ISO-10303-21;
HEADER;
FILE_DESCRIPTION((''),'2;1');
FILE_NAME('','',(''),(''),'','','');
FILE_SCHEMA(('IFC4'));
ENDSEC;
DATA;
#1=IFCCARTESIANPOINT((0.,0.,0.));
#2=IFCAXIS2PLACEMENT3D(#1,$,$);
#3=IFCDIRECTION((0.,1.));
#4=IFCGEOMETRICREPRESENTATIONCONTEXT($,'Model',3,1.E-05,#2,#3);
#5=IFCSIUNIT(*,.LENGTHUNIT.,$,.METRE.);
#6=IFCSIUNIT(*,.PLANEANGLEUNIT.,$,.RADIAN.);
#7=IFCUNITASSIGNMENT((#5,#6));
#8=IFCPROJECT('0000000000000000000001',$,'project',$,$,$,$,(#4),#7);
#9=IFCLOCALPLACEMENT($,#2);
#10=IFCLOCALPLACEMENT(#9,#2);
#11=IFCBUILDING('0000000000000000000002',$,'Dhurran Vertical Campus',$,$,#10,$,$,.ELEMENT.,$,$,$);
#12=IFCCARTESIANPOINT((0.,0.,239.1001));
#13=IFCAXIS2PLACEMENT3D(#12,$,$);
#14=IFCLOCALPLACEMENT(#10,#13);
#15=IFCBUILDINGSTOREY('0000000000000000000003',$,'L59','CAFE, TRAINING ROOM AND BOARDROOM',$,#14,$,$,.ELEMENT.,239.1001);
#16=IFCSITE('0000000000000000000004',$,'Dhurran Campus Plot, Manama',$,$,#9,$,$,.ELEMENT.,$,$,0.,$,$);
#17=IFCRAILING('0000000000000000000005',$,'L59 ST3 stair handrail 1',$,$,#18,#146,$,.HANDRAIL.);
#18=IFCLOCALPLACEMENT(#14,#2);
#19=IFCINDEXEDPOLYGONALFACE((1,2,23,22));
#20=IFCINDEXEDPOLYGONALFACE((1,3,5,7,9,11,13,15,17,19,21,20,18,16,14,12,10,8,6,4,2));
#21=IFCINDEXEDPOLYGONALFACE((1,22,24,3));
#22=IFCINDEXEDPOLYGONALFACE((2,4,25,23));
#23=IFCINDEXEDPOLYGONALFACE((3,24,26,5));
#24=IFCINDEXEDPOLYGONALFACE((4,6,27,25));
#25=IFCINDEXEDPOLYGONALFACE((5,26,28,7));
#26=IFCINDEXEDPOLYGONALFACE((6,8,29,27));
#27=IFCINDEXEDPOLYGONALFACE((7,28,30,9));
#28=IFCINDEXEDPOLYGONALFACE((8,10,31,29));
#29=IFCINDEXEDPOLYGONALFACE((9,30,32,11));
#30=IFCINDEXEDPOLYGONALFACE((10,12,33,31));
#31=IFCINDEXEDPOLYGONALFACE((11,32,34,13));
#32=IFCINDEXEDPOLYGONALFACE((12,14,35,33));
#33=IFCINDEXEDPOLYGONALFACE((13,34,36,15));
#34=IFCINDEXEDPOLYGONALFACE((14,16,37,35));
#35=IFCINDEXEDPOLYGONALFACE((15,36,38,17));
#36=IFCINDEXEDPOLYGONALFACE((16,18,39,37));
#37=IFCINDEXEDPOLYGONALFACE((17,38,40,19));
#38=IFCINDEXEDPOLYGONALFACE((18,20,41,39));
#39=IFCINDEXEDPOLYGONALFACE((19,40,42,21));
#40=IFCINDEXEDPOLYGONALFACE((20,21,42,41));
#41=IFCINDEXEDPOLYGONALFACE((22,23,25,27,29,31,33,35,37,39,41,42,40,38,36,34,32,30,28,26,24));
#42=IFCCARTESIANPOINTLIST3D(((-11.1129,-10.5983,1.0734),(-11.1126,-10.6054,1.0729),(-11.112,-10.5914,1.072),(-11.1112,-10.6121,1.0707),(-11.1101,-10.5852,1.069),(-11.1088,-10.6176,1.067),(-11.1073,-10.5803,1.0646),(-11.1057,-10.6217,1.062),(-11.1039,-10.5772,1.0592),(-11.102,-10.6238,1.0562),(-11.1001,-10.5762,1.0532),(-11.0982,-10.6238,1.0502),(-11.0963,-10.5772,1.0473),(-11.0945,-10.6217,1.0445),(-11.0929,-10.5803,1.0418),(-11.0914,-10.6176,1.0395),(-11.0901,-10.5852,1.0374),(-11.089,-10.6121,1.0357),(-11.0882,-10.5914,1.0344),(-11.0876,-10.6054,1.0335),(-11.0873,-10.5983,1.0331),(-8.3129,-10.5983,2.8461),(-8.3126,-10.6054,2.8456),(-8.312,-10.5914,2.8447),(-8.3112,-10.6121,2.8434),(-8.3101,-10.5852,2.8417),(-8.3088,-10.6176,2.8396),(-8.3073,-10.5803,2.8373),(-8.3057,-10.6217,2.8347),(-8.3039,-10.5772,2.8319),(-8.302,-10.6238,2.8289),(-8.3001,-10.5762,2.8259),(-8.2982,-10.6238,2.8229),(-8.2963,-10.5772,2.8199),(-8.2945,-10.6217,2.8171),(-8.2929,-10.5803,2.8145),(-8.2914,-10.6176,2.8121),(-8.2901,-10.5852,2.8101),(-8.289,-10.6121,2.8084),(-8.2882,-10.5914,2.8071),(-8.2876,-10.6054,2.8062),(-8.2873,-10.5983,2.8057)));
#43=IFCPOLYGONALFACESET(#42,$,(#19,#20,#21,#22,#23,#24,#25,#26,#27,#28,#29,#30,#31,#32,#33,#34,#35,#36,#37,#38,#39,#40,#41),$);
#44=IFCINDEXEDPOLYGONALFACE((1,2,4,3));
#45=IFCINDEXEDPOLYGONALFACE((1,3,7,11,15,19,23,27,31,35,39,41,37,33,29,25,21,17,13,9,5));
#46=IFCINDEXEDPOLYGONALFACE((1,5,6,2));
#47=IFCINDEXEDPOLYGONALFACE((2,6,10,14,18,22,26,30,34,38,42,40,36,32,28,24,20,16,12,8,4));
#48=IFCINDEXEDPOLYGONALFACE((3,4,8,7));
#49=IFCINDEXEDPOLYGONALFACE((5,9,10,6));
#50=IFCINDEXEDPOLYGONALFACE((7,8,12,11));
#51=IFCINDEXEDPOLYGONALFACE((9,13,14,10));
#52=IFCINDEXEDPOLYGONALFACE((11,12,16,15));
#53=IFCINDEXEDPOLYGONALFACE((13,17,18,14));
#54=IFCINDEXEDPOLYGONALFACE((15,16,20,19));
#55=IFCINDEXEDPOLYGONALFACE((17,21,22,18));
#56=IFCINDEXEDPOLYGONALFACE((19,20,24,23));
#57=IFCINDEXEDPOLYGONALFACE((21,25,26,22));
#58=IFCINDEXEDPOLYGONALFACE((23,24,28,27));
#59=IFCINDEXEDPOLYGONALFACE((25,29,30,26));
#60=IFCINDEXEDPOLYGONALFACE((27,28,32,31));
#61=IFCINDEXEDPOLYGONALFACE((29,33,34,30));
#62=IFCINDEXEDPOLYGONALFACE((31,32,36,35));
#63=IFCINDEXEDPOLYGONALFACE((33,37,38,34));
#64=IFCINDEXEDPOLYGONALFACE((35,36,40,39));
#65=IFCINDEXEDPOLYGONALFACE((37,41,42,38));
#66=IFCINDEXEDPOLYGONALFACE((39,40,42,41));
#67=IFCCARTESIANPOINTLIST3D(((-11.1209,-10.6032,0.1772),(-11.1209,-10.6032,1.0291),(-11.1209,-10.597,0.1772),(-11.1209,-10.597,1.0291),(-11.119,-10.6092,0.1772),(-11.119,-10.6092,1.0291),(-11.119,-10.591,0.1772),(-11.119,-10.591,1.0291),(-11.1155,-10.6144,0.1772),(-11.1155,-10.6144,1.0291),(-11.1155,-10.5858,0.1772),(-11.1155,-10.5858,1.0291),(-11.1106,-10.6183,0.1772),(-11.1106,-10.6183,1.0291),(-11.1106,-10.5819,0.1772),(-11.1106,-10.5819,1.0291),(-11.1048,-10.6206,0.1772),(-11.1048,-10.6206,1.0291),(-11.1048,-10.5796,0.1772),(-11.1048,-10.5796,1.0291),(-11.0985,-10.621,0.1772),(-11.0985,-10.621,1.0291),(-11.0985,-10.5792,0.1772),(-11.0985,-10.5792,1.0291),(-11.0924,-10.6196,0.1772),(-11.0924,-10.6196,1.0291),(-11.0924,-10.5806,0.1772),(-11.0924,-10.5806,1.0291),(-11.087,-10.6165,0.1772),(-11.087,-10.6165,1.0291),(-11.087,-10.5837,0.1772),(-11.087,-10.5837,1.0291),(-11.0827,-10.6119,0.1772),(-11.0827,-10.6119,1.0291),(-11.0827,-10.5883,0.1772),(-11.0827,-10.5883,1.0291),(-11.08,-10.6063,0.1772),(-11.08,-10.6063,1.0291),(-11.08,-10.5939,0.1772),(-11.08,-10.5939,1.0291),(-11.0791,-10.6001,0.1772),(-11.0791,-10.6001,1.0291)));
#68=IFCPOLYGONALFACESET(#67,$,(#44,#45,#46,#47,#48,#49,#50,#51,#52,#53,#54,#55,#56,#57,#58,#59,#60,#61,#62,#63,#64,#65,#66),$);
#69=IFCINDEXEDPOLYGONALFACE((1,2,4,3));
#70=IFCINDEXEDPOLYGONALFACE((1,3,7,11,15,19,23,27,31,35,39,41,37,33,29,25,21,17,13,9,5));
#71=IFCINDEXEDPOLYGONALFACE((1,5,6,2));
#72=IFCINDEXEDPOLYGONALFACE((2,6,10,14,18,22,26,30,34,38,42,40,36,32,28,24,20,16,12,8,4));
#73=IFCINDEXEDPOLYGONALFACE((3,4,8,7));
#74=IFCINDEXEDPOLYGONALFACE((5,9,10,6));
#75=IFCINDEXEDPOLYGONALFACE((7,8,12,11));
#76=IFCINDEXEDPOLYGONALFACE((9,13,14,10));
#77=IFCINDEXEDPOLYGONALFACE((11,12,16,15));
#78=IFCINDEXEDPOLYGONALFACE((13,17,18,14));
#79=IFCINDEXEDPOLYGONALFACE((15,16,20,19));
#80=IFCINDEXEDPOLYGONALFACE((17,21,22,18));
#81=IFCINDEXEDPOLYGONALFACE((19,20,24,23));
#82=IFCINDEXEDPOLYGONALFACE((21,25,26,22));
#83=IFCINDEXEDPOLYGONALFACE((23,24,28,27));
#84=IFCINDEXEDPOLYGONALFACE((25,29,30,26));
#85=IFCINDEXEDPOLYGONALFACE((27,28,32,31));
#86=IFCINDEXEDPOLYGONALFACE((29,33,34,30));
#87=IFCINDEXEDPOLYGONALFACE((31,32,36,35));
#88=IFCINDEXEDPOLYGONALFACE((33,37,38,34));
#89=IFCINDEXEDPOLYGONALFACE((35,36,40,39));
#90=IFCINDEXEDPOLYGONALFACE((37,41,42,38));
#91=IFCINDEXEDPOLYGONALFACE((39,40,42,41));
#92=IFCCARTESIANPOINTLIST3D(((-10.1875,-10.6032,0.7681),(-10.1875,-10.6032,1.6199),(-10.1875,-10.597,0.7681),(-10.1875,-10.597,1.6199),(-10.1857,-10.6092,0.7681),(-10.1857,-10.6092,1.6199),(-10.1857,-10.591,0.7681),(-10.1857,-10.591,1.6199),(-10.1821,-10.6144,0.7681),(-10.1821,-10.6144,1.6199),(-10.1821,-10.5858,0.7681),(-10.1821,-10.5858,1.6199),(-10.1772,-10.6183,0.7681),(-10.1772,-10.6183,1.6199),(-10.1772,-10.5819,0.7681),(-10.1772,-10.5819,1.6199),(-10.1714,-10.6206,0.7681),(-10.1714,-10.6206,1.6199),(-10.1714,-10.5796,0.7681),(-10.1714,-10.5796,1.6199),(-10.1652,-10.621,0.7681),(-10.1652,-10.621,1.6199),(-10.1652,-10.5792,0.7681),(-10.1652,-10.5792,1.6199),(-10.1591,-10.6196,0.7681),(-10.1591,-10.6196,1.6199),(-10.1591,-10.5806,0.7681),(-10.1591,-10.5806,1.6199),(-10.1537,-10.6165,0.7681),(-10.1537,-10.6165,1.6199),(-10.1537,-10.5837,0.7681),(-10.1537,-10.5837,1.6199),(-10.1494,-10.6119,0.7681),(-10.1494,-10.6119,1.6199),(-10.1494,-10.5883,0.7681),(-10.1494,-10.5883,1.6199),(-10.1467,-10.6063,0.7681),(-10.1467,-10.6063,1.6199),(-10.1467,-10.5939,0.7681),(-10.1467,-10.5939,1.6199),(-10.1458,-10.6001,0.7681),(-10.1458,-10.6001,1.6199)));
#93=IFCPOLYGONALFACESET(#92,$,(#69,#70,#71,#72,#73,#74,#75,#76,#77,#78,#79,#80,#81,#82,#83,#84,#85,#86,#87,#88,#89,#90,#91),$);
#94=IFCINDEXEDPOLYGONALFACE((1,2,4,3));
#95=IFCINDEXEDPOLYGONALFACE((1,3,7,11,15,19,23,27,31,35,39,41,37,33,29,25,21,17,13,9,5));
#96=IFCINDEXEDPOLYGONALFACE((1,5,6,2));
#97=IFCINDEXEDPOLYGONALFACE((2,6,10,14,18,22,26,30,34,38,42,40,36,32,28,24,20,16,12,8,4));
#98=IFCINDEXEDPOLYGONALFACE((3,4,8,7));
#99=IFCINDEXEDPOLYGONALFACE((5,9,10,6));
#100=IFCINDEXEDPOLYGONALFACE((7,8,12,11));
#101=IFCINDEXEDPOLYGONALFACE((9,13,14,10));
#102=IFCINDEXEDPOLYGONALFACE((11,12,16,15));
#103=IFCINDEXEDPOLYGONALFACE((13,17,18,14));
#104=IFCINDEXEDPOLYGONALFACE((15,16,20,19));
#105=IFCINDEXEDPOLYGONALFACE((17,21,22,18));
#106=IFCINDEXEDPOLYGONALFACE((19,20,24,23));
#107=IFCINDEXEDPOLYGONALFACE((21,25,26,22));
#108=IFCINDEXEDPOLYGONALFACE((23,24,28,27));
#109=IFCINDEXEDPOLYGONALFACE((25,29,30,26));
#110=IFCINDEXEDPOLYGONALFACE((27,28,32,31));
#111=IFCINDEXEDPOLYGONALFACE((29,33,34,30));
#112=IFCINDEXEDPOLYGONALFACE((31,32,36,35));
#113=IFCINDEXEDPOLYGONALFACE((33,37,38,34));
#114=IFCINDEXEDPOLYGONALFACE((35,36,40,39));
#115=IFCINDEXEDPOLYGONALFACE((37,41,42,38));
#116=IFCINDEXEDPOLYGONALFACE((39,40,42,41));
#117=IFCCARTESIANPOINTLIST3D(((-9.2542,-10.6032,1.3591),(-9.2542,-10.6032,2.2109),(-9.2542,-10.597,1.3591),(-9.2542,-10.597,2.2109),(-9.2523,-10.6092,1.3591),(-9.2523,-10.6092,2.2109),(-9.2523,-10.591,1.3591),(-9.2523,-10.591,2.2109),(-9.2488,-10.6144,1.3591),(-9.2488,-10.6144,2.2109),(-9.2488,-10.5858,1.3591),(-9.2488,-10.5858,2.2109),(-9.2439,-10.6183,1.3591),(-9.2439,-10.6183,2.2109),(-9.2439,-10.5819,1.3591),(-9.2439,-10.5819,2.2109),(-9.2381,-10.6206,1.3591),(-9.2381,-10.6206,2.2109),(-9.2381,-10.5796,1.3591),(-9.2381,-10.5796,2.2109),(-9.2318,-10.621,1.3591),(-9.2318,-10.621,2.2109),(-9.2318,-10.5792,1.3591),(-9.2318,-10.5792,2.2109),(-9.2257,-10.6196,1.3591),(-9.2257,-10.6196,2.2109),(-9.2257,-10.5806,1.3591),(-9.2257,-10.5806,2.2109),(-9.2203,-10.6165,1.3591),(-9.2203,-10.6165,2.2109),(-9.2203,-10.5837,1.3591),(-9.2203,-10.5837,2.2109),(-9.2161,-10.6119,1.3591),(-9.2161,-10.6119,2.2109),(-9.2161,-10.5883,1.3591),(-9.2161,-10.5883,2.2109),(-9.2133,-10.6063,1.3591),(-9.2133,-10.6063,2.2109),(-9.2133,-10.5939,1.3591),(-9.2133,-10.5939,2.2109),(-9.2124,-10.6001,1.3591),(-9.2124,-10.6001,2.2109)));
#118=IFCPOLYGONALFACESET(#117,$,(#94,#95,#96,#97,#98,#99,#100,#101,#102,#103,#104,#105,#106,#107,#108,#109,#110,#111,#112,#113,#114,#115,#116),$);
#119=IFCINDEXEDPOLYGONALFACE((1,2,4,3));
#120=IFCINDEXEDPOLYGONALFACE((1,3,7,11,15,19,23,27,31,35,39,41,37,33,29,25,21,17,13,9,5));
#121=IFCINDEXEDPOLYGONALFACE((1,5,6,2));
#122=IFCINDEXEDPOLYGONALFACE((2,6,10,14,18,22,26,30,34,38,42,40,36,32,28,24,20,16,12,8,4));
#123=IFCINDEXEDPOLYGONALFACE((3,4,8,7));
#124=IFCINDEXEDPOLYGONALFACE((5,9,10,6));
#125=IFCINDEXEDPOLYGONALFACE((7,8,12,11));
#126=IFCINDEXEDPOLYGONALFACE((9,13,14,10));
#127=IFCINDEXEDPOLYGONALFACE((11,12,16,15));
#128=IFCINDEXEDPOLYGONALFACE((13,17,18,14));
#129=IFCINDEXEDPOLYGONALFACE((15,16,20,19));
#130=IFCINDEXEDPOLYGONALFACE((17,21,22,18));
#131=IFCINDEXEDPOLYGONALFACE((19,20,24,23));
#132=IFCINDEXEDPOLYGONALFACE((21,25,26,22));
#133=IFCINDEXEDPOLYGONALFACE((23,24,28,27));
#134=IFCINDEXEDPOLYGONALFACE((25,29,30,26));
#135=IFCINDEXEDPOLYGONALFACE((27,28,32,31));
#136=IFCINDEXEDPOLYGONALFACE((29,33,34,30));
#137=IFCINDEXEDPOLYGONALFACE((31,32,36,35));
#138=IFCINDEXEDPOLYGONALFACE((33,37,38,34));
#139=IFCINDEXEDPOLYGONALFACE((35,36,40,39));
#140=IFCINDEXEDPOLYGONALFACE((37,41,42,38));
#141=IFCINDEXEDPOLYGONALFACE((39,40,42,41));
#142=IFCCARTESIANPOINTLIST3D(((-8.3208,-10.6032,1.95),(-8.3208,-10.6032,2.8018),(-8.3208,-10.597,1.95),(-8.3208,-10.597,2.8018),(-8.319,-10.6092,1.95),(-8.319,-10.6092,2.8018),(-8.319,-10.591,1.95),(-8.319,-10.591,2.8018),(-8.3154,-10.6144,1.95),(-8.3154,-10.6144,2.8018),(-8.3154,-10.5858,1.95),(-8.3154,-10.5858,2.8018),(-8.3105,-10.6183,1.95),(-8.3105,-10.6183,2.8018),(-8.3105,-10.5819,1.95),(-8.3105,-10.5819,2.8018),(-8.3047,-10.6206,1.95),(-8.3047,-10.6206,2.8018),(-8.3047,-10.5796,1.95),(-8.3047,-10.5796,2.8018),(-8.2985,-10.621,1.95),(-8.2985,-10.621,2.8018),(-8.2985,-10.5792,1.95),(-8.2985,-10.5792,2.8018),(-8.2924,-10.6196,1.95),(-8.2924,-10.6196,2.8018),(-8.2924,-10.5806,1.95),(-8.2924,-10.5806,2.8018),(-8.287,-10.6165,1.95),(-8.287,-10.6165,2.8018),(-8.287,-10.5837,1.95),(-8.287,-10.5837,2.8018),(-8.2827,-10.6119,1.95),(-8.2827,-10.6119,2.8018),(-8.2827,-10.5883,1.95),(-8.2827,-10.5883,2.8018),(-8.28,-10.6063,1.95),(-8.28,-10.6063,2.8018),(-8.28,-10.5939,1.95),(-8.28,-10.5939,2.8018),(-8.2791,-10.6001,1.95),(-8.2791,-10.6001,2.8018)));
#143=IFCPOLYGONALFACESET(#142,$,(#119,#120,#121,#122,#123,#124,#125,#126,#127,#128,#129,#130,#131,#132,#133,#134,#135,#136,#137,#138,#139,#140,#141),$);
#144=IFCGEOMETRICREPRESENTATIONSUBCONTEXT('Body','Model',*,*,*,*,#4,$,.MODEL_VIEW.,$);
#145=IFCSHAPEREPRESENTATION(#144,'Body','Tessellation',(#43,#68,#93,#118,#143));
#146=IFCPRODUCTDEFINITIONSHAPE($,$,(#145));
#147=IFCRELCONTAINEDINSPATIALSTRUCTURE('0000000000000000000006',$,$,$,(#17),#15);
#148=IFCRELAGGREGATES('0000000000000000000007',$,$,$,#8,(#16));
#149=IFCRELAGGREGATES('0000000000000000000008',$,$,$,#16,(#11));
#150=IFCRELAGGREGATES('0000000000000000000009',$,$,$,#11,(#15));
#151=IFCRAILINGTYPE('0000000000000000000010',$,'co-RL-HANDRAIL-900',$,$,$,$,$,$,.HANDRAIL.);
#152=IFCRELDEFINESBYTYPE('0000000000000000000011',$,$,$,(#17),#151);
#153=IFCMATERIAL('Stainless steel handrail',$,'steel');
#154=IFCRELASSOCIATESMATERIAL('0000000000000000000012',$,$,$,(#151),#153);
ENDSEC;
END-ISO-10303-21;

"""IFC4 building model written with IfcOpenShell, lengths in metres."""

from ifc_helpers import new_model, si_unit, direction, frame, origin, origin_2d, place, context, subcontext, project, spatial, circle, extrude, material, type_object, element, save


model = new_model("IFC4")

# Units and contexts
model_context = context("Model", 3, precision=1e-05, world=origin(), true_north=direction((0.0, 1.0)))
body_context = subcontext(model_context, "Body", "Model", "MODEL_VIEW")
ifc_project = project(units=[si_unit("LENGTHUNIT", "METRE"), si_unit("PLANEANGLEUNIT", "RADIAN")], contexts=[model_context])

# Site, building, storey
site_placement = place(None, origin())
site = spatial("IfcSite", under=ifc_project, at=site_placement, Name="Dhurran Campus Plot, Manama", CompositionType="ELEMENT", RefElevation=0.0)
building_placement = place(site_placement, origin())
building = spatial("IfcBuilding", under=site, at=building_placement, Name="Dhurran Vertical Campus", CompositionType="ELEMENT")
storey_placement = place(building_placement, frame((0.0, 0.0, 239.1001)))
storey = spatial("IfcBuildingStorey", under=building, at=storey_placement, Name="L59", Description="CAFE, TRAINING ROOM AND BOARDROOM", CompositionType="ELEMENT", Elevation=239.1001)

# Railing
ifc_material_1 = material(Name="Stainless steel handrail", Category="steel")
railing_type = type_object("IfcRailingType", Name="co-RL-HANDRAIL-900", PredefinedType="HANDRAIL", material=ifc_material_1)
railing_placement = place(storey_placement, frame((-11.1001, -10.6001, 0.1772)))
element("IfcRailing", 1, at=railing_placement, inside=storey, type_object=railing_type, Name="L59 ST3 stair handrail 1", PredefinedType="HANDRAIL", context=body_context, shape_type="SweptSolid", body=[
    extrude(circle(Radius=0.0239, at=origin_2d()), frame((0.0, 0.0, 0.876), z_axis=(0.844909, 0.0, 0.53491), x_axis=(0.0, 1.0, 0.0)), (0.0, 0.0, 1.0), 3.314),
    extrude(circle(Radius=0.021, at=origin_2d()), origin(), (0.0, 0.0, 1.0), 0.8518),
    extrude(circle(Radius=0.021, at=origin_2d()), frame((0.9333, 0.0, 0.5908)), (0.0, 0.0, 1.0), 0.8518),
    extrude(circle(Radius=0.021, at=origin_2d()), frame((1.8667, 0.0, 1.1819)), (0.0, 0.0, 1.0), 0.8518),
    extrude(circle(Radius=0.021, at=origin_2d()), frame((2.8, 0.0, 1.7727)), (0.0, 0.0, 1.0), 0.8518),
])

save(model, "model.ifc")
